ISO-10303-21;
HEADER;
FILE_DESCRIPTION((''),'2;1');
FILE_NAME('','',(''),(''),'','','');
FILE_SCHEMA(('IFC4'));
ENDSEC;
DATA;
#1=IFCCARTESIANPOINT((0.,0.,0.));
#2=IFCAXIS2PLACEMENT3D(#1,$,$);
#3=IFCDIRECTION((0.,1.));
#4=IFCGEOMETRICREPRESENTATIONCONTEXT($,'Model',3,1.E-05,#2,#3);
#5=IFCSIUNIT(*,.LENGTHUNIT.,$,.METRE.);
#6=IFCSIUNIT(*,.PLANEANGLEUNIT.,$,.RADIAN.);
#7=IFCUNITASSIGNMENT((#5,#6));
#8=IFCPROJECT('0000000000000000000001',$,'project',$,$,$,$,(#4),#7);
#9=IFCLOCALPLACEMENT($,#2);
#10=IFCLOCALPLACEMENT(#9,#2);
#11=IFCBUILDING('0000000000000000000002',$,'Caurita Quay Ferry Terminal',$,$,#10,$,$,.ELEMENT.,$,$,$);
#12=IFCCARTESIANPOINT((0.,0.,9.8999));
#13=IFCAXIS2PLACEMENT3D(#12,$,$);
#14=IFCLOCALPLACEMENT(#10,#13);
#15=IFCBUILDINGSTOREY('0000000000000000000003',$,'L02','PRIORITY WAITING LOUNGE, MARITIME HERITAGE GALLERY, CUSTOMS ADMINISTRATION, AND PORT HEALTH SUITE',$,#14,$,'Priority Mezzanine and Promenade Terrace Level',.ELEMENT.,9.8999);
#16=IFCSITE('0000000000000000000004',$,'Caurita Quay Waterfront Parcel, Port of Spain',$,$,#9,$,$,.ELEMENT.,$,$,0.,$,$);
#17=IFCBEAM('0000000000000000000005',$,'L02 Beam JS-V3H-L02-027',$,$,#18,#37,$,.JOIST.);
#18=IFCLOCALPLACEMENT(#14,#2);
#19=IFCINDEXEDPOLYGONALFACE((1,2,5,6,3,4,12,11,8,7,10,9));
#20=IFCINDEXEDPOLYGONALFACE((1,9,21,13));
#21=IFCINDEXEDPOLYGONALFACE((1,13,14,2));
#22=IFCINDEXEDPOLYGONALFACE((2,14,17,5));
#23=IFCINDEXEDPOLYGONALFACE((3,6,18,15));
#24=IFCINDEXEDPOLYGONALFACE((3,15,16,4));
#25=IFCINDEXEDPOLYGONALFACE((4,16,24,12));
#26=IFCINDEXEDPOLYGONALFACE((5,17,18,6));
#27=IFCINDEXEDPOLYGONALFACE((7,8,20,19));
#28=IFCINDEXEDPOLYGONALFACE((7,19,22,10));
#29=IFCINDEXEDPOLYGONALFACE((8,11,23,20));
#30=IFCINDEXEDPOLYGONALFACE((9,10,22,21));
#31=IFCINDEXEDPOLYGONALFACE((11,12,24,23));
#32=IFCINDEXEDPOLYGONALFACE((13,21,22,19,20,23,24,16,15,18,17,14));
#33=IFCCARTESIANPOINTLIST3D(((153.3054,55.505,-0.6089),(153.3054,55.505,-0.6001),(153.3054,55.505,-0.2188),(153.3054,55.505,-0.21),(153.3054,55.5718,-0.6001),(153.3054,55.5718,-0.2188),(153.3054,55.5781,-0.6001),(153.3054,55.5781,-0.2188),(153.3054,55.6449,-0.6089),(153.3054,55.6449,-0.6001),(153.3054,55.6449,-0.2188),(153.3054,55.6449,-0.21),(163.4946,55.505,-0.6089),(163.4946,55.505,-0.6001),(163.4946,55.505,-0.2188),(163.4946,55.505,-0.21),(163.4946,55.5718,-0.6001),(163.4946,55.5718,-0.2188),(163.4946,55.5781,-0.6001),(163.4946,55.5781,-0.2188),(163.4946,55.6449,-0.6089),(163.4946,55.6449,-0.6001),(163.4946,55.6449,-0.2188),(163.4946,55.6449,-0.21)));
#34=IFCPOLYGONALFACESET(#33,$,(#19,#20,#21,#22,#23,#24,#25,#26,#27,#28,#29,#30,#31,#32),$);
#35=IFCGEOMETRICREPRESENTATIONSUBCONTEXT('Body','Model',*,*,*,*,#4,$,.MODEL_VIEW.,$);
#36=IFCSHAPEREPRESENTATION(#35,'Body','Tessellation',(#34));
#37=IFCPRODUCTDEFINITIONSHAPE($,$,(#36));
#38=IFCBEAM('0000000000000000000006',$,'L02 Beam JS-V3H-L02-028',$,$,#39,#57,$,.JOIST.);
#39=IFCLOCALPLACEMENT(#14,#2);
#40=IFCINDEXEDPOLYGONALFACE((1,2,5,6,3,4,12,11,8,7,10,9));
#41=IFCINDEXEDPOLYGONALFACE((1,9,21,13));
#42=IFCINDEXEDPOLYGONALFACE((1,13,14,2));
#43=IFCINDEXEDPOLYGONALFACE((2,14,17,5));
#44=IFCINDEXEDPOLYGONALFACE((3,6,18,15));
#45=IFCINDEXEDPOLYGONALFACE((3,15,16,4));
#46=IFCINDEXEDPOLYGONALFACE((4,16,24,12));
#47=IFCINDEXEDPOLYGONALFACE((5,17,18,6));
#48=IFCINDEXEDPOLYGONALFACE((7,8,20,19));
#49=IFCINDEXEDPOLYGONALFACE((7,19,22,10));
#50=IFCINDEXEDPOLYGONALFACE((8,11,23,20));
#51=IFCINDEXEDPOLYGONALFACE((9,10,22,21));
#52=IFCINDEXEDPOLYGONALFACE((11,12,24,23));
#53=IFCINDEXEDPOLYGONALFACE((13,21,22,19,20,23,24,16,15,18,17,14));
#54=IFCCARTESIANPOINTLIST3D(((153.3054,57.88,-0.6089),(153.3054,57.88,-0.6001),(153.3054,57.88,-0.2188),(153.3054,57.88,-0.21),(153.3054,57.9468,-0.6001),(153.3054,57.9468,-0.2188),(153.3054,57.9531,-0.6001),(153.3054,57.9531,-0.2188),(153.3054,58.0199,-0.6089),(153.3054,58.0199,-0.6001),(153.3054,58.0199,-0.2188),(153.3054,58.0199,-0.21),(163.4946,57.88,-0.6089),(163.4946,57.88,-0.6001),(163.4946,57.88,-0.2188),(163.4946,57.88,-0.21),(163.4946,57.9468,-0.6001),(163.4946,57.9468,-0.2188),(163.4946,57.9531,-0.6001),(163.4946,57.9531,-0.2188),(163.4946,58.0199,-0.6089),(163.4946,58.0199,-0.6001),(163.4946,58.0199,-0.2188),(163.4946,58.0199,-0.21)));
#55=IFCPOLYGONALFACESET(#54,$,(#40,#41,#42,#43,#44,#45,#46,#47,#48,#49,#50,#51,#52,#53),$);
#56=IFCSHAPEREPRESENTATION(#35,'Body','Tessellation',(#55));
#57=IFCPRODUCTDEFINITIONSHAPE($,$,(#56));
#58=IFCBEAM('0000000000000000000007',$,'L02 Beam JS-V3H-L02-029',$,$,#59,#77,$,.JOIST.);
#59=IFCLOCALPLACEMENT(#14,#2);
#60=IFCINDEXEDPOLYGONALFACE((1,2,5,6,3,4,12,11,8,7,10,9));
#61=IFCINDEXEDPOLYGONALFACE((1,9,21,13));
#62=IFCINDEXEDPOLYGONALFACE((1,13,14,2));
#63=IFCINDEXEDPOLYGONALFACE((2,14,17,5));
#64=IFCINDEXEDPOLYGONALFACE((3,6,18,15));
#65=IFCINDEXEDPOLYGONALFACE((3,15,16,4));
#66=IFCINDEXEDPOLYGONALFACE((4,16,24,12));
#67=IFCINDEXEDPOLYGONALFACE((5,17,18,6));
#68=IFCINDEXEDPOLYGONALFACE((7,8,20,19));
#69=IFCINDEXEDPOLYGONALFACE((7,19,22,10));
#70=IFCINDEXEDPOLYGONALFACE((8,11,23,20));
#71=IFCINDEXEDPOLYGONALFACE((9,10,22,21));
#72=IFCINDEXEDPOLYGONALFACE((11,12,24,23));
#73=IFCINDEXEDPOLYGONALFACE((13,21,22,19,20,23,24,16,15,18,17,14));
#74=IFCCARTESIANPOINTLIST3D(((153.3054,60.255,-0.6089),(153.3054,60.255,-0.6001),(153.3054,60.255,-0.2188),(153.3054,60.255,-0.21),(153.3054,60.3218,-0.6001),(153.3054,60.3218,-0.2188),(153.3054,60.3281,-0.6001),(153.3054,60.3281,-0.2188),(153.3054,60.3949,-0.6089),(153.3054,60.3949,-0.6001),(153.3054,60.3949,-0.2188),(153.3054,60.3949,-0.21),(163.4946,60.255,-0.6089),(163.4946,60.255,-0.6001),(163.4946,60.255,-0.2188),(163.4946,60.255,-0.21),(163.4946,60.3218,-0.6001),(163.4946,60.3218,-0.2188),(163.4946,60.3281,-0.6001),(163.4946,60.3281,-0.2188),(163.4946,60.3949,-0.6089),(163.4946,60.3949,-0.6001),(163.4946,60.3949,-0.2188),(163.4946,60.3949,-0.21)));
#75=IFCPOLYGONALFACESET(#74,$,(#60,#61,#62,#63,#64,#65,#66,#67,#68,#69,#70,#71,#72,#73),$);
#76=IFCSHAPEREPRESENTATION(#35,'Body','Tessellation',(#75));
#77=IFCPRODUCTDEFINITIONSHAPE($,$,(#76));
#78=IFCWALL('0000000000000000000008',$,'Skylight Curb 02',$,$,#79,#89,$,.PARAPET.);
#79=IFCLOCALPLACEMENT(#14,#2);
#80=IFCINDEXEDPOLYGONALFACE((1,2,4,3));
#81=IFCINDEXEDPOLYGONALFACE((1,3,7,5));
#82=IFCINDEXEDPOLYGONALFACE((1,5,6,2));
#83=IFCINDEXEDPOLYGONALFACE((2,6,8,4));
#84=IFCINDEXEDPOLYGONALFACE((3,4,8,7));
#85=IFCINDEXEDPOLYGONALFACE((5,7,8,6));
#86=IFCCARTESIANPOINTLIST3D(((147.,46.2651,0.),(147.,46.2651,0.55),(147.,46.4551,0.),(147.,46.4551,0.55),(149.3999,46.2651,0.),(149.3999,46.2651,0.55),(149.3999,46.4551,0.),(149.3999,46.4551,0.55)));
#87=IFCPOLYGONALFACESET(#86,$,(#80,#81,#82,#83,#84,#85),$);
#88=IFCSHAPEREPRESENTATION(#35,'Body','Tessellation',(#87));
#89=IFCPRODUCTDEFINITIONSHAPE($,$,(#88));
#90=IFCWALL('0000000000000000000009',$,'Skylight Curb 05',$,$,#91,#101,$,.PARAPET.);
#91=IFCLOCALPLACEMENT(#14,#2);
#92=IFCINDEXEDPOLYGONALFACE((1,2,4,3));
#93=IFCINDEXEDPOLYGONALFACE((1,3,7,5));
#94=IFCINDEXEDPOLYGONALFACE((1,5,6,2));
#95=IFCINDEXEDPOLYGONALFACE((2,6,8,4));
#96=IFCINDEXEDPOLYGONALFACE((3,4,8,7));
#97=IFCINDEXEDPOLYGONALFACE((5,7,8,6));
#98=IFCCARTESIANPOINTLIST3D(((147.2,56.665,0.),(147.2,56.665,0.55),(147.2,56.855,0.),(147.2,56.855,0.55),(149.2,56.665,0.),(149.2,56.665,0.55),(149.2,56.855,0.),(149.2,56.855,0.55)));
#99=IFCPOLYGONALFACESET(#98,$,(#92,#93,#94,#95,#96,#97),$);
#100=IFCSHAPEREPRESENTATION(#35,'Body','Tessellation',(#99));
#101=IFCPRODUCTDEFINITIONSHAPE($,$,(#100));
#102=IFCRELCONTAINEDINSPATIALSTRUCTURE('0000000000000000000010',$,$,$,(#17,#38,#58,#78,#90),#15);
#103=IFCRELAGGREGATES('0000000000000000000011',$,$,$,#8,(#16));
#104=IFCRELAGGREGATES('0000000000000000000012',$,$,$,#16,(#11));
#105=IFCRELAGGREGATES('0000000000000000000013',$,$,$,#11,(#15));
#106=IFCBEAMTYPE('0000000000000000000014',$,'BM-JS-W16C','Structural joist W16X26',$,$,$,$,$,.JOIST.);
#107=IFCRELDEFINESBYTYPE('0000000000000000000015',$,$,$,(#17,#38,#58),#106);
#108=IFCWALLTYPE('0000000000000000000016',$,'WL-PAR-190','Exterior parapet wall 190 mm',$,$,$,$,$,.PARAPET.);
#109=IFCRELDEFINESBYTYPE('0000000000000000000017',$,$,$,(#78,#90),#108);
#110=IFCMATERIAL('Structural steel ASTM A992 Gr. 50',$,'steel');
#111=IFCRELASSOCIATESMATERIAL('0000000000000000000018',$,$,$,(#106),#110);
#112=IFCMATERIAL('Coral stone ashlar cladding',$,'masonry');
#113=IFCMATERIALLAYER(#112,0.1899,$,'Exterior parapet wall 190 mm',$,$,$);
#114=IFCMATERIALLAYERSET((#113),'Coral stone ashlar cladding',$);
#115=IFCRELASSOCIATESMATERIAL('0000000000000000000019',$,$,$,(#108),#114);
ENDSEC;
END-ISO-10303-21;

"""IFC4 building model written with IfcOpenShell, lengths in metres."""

from ifc_helpers import new_model, si_unit, direction, frame, frame_2d, origin, origin_2d, place, context, subcontext, project, spatial, rectangle, i_section, extrude, material, layer, layer_set, material_profile, profile_set, type_object, element, save


model = new_model("IFC4")

# Units and contexts
model_context = context("Model", 3, precision=1e-05, world=origin(), true_north=direction((0.0, 1.0)))
body_context = subcontext(model_context, "Body", "Model", "MODEL_VIEW")
ifc_project = project(units=[si_unit("LENGTHUNIT", "METRE"), si_unit("PLANEANGLEUNIT", "RADIAN")], contexts=[model_context])

# Site, building, storey
site_placement = place(None, origin())
site = spatial("IfcSite", under=ifc_project, at=site_placement, Name="Caurita Quay Waterfront Parcel, Port of Spain", CompositionType="ELEMENT", RefElevation=0.0)
building_placement = place(site_placement, origin())
building = spatial("IfcBuilding", under=site, at=building_placement, Name="Caurita Quay Ferry Terminal", CompositionType="ELEMENT")
storey_placement = place(building_placement, frame((0.0, 0.0, 9.8999)))
storey = spatial("IfcBuildingStorey", under=building, at=storey_placement, Name="L02", Description="PRIORITY WAITING LOUNGE, MARITIME HERITAGE GALLERY, CUSTOMS ADMINISTRATION, AND PORT HEALTH SUITE", LongName="Priority Mezzanine and Promenade Terrace Level", CompositionType="ELEMENT", Elevation=9.8999)

# Beams
ifc_material_1 = material(Name="Structural steel ASTM A992 Gr. 50", Category="steel")
ifc_material_profile_1 = material_profile(ifc_material_1, i_section(OverallWidth=0.1399, OverallDepth=0.3989, WebThickness=0.0063, FlangeThickness=0.0088, at=origin_2d()), Name="W16X26")
ifc_profile_set_1 = profile_set([ifc_material_profile_1], Name="Structural steel ASTM A992 Gr. 50")
beam_type_1 = type_object("IfcBeamType", Name="BM-JS-W16C", Description="Structural joist W16X26", PredefinedType="JOIST", material=ifc_profile_set_1)
for number, where, z_axis, x_axis, name in (
    (1, (153.3054, 55.575, -0.4094), (1.0, 0.0, 0.0), (0.0, 1.0, 0.0), "L02 Beam JS-V3H-L02-027"),
    (2, (153.3054, 57.95, -0.4094), (1.0, 0.0, 0.0), (0.0, 1.0, 0.0), "L02 Beam JS-V3H-L02-028"),
    (3, (153.3054, 60.325, -0.4094), (1.0, 0.0, 0.0), (0.0, 1.0, 0.0), "L02 Beam JS-V3H-L02-029"),
):
    element("IfcBeam", number, at=place(storey_placement, frame(where, z_axis=z_axis, x_axis=x_axis)), inside=storey, type_object=beam_type_1, Name=name, PredefinedType="JOIST", context=body_context, shape_type="SweptSolid", body=[
        extrude(i_section(OverallWidth=0.1399, OverallDepth=0.3989, WebThickness=0.0063, FlangeThickness=0.0088, at=origin_2d()), origin(), (0.0, 0.0, 1.0), 10.1892),
    ])

# Walls
ifc_material_2 = material(Name="Coral stone ashlar cladding", Category="masonry")
ifc_layer = layer(ifc_material_2, 0.1899, Name="Exterior parapet wall 190 mm")
ifc_layer_set = layer_set([ifc_layer], Name="Coral stone ashlar cladding")
wall_type = type_object("IfcWallType", Name="WL-PAR-190", Description="Exterior parapet wall 190 mm", PredefinedType="PARAPET", material=ifc_layer_set)
wall_1_placement = place(storey_placement, frame((147.0, 46.3601, 0.0), z_axis=(0.0, 0.0, 1.0), x_axis=(1.0, 0.0, 0.0)))
element("IfcWall", 4, at=wall_1_placement, inside=storey, type_object=wall_type, Name="Skylight Curb 02", PredefinedType="PARAPET", context=body_context, shape_type="SweptSolid", body=[
    extrude(rectangle(XDim=2.3999, YDim=0.1899, at=frame_2d((1.2, 0.0))), origin(), (0.0, 0.0, 1.0), 0.55),
])
wall_2_placement = place(storey_placement, frame((147.2, 56.76, 0.0), z_axis=(0.0, 0.0, 1.0), x_axis=(1.0, 0.0, 0.0)))
element("IfcWall", 5, at=wall_2_placement, inside=storey, type_object=wall_type, Name="Skylight Curb 05", PredefinedType="PARAPET", context=body_context, shape_type="SweptSolid", body=[
    extrude(rectangle(XDim=2.0, YDim=0.1899, at=frame_2d((1.0, 0.0))), origin(), (0.0, 0.0, 1.0), 0.55),
])

save(model, "model.ifc")
